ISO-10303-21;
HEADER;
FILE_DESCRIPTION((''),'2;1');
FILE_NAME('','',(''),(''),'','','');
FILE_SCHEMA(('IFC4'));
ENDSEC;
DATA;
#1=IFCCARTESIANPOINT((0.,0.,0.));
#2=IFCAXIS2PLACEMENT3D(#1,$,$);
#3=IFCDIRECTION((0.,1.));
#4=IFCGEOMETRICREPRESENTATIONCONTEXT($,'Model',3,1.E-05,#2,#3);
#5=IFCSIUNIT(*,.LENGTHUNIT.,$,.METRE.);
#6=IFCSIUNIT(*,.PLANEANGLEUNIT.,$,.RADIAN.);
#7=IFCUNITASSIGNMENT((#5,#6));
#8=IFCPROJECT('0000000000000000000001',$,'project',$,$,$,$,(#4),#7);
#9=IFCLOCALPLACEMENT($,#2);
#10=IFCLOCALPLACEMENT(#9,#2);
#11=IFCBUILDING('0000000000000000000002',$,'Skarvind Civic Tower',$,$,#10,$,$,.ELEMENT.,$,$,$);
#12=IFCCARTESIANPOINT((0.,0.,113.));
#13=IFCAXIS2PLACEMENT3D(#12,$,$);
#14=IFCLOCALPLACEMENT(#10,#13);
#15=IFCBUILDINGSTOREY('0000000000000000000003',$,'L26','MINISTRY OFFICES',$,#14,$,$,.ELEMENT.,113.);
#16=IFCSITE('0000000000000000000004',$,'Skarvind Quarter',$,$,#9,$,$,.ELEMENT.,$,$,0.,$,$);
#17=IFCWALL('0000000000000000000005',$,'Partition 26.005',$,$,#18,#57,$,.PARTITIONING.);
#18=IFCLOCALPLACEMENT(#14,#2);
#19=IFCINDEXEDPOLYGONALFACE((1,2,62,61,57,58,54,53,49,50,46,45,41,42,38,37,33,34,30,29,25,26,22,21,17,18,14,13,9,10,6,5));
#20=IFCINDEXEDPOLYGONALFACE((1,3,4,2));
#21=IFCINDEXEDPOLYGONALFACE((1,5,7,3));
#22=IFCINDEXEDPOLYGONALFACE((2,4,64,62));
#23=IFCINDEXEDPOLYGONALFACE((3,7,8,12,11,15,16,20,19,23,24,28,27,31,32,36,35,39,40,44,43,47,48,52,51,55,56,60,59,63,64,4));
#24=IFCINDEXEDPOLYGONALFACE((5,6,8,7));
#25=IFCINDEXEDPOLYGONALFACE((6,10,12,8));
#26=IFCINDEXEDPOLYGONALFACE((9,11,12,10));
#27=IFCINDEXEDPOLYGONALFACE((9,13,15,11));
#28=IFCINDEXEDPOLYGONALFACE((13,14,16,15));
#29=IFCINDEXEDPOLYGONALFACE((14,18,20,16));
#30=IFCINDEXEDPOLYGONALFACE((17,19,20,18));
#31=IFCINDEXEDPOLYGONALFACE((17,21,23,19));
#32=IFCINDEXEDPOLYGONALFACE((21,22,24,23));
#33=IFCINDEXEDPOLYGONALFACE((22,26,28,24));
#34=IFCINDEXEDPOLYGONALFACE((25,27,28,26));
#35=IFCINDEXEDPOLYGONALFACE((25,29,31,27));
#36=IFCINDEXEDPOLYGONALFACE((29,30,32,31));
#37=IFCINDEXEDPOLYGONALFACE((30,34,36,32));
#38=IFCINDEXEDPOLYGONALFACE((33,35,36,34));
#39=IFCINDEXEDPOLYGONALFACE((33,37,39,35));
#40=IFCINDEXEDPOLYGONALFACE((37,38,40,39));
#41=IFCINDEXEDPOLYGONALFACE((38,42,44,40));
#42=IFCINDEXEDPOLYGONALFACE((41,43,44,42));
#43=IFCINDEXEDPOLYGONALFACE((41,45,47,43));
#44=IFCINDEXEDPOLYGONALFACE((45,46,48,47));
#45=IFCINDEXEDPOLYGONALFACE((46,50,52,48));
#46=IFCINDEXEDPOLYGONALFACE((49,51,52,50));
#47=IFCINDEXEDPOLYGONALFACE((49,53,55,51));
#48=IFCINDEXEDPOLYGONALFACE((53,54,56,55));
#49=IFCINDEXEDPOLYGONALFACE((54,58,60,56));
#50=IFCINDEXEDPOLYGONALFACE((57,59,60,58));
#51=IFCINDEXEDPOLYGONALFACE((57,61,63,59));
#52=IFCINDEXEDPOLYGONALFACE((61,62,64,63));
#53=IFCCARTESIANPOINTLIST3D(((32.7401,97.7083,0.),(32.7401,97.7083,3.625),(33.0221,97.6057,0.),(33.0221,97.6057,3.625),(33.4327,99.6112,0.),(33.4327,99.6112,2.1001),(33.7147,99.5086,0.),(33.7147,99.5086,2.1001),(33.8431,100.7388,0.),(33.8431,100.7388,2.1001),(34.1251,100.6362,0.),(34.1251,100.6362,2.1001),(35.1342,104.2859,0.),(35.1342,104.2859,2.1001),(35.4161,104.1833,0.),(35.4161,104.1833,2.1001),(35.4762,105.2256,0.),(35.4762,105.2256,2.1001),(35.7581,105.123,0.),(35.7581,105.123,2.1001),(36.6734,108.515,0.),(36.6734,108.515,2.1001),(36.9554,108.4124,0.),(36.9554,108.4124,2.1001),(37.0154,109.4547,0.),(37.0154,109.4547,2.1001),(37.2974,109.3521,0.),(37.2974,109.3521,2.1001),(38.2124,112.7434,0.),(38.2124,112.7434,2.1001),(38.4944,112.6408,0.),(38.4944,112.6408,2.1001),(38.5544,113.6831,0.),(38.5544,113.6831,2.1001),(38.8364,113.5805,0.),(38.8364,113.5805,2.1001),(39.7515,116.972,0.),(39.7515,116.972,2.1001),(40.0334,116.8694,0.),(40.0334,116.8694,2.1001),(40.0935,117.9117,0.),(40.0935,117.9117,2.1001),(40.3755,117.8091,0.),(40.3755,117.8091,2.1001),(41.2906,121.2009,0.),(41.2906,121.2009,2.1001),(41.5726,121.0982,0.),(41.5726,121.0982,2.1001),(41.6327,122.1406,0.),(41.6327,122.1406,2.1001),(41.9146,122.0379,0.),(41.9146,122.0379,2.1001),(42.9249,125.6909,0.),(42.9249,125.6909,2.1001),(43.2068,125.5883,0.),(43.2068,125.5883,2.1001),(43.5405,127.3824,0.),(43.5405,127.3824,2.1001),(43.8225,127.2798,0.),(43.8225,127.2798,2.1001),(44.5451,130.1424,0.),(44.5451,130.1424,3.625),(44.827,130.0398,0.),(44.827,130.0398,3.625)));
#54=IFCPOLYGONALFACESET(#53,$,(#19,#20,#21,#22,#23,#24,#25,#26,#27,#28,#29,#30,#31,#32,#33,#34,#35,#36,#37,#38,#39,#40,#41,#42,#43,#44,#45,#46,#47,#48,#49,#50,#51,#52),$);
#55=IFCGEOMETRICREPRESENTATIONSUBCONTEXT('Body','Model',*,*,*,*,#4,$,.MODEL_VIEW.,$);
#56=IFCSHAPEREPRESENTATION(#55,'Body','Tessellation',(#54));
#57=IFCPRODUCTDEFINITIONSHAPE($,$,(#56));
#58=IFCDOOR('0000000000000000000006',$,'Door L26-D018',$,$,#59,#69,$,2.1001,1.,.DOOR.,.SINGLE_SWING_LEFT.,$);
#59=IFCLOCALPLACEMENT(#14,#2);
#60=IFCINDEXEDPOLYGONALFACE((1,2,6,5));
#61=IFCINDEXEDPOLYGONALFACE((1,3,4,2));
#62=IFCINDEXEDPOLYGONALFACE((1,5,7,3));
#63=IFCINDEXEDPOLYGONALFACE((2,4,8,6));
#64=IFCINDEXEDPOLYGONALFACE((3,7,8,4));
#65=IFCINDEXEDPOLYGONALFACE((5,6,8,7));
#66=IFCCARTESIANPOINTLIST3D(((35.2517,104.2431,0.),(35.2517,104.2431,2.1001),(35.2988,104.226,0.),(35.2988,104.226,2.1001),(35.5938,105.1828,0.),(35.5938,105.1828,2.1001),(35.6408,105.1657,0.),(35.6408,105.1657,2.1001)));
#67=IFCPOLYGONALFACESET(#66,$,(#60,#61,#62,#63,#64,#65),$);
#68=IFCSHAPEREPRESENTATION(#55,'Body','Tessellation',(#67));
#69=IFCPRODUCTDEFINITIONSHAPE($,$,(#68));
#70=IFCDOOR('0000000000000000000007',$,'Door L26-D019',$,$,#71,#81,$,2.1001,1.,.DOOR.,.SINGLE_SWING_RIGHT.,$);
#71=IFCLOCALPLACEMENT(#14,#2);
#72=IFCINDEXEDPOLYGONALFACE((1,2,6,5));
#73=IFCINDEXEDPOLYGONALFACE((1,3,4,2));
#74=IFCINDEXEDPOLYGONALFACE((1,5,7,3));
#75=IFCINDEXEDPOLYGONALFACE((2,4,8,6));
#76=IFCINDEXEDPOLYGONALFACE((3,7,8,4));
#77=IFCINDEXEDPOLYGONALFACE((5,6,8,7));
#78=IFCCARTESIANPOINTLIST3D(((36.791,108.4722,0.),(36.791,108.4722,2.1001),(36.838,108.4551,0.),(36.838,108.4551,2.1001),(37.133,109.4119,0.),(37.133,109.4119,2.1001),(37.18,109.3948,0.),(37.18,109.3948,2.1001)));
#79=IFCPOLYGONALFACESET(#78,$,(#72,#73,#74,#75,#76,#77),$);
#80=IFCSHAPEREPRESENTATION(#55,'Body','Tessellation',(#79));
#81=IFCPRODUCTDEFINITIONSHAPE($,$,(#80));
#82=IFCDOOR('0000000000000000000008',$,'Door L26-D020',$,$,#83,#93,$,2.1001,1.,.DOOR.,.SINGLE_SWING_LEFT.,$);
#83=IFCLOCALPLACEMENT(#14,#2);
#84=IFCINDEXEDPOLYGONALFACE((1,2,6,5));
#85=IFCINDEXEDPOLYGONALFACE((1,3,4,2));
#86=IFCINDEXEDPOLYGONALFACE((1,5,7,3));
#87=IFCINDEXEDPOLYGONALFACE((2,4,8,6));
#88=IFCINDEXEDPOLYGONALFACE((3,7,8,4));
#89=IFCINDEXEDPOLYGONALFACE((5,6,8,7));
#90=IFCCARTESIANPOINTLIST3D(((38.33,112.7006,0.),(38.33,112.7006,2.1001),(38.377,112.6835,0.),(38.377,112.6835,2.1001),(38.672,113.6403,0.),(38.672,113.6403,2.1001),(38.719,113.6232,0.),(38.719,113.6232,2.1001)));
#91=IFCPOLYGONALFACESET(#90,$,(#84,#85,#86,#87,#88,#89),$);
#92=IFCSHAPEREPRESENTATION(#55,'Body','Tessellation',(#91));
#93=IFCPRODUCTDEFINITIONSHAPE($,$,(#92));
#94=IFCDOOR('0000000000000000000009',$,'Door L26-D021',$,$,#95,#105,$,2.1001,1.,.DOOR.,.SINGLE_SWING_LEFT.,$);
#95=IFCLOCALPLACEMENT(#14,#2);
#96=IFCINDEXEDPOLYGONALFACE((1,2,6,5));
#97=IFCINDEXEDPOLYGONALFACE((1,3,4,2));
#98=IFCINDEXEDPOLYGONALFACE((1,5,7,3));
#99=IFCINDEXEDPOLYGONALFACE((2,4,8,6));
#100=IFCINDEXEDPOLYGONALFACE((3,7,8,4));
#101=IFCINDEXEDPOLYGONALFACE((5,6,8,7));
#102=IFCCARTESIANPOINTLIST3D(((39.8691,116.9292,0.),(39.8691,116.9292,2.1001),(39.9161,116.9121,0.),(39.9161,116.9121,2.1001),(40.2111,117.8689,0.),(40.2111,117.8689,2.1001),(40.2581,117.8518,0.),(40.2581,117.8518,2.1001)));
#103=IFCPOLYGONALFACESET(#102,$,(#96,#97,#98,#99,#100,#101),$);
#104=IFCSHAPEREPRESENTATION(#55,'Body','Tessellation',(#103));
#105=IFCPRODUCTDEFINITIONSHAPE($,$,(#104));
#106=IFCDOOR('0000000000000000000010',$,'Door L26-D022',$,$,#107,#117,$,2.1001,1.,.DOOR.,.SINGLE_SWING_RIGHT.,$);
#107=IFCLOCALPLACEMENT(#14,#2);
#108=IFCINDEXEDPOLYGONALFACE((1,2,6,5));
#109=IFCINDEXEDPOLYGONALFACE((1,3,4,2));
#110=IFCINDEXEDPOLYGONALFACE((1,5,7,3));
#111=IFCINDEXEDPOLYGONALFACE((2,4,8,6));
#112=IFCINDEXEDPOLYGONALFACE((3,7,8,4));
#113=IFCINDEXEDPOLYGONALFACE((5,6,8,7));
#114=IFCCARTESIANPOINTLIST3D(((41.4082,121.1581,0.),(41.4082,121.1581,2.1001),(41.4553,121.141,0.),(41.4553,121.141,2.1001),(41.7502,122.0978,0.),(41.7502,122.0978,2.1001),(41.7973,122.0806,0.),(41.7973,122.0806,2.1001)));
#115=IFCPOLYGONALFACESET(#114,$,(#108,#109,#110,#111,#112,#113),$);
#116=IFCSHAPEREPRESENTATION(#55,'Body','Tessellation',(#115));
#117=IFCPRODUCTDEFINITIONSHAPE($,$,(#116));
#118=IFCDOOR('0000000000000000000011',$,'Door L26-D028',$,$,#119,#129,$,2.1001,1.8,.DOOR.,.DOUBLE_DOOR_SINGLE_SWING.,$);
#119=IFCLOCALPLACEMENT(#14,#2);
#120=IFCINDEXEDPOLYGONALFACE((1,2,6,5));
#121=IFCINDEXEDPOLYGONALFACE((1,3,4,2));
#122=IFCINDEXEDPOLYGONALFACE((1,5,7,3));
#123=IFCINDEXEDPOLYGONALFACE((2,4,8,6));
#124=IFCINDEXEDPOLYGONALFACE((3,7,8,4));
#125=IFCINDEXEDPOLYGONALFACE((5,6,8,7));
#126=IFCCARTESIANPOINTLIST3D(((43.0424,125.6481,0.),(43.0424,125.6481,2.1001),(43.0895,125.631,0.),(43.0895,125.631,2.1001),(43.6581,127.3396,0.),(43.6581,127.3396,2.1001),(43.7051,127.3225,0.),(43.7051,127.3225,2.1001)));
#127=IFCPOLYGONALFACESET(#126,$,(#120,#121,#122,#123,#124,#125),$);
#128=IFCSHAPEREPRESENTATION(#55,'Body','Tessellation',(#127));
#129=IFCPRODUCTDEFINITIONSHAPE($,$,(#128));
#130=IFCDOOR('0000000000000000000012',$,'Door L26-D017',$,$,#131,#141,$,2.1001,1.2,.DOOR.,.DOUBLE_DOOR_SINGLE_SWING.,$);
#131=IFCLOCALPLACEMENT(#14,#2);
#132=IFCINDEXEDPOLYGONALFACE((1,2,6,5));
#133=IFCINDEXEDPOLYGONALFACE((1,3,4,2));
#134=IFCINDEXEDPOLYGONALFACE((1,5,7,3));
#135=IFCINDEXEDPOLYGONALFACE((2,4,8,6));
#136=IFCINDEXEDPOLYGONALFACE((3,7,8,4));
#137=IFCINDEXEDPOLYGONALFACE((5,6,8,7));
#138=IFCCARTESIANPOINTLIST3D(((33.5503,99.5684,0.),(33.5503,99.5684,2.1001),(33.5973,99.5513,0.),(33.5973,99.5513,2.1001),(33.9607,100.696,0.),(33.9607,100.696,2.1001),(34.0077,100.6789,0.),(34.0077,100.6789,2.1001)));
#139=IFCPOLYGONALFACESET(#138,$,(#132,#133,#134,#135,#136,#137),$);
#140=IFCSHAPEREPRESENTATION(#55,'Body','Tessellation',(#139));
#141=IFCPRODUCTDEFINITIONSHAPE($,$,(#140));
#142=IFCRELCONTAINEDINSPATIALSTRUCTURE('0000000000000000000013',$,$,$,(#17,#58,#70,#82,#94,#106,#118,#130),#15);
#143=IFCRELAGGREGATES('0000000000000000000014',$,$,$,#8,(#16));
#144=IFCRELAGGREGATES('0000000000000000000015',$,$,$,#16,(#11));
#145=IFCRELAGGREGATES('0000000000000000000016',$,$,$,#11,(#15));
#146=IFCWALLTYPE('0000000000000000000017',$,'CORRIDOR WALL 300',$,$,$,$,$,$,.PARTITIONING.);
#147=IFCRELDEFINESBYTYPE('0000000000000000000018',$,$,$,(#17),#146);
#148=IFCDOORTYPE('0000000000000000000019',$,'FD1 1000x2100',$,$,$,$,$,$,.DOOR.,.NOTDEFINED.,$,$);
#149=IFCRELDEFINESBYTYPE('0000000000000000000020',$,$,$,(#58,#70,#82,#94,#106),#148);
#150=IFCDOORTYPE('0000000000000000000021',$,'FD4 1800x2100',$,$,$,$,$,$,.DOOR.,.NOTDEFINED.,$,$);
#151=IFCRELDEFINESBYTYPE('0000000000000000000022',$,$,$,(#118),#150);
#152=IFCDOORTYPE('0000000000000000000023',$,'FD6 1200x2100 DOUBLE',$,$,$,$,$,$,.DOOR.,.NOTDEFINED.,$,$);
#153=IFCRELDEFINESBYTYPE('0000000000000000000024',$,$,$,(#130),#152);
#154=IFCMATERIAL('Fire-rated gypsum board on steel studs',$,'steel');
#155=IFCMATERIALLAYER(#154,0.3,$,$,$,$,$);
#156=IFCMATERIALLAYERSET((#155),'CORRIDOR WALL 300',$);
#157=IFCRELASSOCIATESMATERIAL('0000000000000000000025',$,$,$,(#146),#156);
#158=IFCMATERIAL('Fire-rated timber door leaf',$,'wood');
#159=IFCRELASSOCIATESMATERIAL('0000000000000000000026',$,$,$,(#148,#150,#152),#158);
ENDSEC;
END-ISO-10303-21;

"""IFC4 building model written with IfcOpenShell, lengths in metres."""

from ifc_helpers import new_model, si_unit, direction, frame, frame_2d, origin, place, context, subcontext, project, spatial, rectangle, extrude, material, layer, layer_set, type_object, element, fill, save


model = new_model("IFC4")

# Units and contexts
model_context = context("Model", 3, precision=1e-05, world=origin(), true_north=direction((0.0, 1.0)))
body_context = subcontext(model_context, "Body", "Model", "MODEL_VIEW")
ifc_project = project(units=[si_unit("LENGTHUNIT", "METRE"), si_unit("PLANEANGLEUNIT", "RADIAN")], contexts=[model_context])

# Site, building, storey
site_placement = place(None, origin())
site = spatial("IfcSite", under=ifc_project, at=site_placement, Name="Skarvind Quarter", CompositionType="ELEMENT", RefElevation=0.0)
building_placement = place(site_placement, origin())
building = spatial("IfcBuilding", under=site, at=building_placement, Name="Skarvind Civic Tower", CompositionType="ELEMENT")
storey_placement = place(building_placement, frame((0.0, 0.0, 113.0)))
storey = spatial("IfcBuildingStorey", under=building, at=storey_placement, Name="L26", Description="MINISTRY OFFICES", CompositionType="ELEMENT", Elevation=113.0)

# Wall, openings, doors
ifc_material_1 = material(Name="Fire-rated gypsum board on steel studs", Category="steel")
ifc_layer_1 = layer(ifc_material_1, 0.3)
ifc_layer_set_1 = layer_set([ifc_layer_1], Name="CORRIDOR WALL 300")
wall_type_1 = type_object("IfcWallType", Name="CORRIDOR WALL 300", PredefinedType="PARTITIONING", material=ifc_layer_set_1)
wall_1_placement = place(storey_placement, frame((32.8811, 97.657, 0.0), z_axis=(0.0, 0.0, 1.0), x_axis=(0.342017, 0.939694, 0.0)))
wall_1 = element("IfcWall", 1, at=wall_1_placement, inside=storey, type_object=wall_type_1, Name="Partition 26.005", PredefinedType="PARTITIONING", context=body_context, shape_type="SweptSolid", body=[
    extrude(rectangle(XDim=34.5156, YDim=0.3, at=frame_2d((17.2578, 0.0))), origin(), (0.0, 0.0, 1.0), 3.625),
])
opening_1_placement = place(wall_1_placement, frame((2.0249, 0.0, 0.0)))
opening_1 = element("IfcOpeningElement", 2, at=opening_1_placement, cuts=wall_1, PredefinedType="OPENING", context=body_context, shape_type="SweptSolid", body=[
    extrude(rectangle(XDim=1.2, YDim=2.1001, at=frame_2d((0.6001, 1.05))), frame((0.0, 0.1599, 0.0), z_axis=(0.0, -1.0, 0.0), x_axis=(1.0, 0.0, 0.0)), (0.0, 0.0, 1.0), 0.3201),
])
opening_2_placement = place(wall_1_placement, frame((6.9998, 0.0, 0.0)))
opening_2 = element("IfcOpeningElement", 3, at=opening_2_placement, cuts=wall_1, PredefinedType="OPENING", context=body_context, shape_type="SweptSolid", body=[
    extrude(rectangle(XDim=1.0, YDim=2.1001, at=frame_2d((0.5, 1.05))), frame((0.0, 0.1599, 0.0), z_axis=(0.0, -1.0, 0.0), x_axis=(1.0, 0.0, 0.0)), (0.0, 0.0, 1.0), 0.3201),
])
opening_3_placement = place(wall_1_placement, frame((11.5002, 0.0, 0.0)))
opening_3 = element("IfcOpeningElement", 4, at=opening_3_placement, cuts=wall_1, PredefinedType="OPENING", context=body_context, shape_type="SweptSolid", body=[
    extrude(rectangle(XDim=1.0, YDim=2.1001, at=frame_2d((0.5, 1.05))), frame((0.0, 0.1599, 0.0), z_axis=(0.0, -1.0, 0.0), x_axis=(1.0, 0.0, 0.0)), (0.0, 0.0, 1.0), 0.3201),
])
opening_4_placement = place(wall_1_placement, frame((16.0, 0.0, 0.0)))
opening_4 = element("IfcOpeningElement", 5, at=opening_4_placement, cuts=wall_1, PredefinedType="OPENING", context=body_context, shape_type="SweptSolid", body=[
    extrude(rectangle(XDim=1.0, YDim=2.1001, at=frame_2d((0.5, 1.05))), frame((0.0, 0.1599, 0.0), z_axis=(0.0, -1.0, 0.0), x_axis=(1.0, 0.0, 0.0)), (0.0, 0.0, 1.0), 0.3201),
])
opening_5_placement = place(wall_1_placement, frame((20.5, 0.0, 0.0)))
opening_5 = element("IfcOpeningElement", 6, at=opening_5_placement, cuts=wall_1, PredefinedType="OPENING", context=body_context, shape_type="SweptSolid", body=[
    extrude(rectangle(XDim=1.0, YDim=2.1001, at=frame_2d((0.5, 1.05))), frame((0.0, 0.1599, 0.0), z_axis=(0.0, -1.0, 0.0), x_axis=(1.0, 0.0, 0.0)), (0.0, 0.0, 1.0), 0.3201),
])
opening_6_placement = place(wall_1_placement, frame((25.0002, 0.0, 0.0)))
opening_6 = element("IfcOpeningElement", 7, at=opening_6_placement, cuts=wall_1, PredefinedType="OPENING", context=body_context, shape_type="SweptSolid", body=[
    extrude(rectangle(XDim=1.0, YDim=2.1001, at=frame_2d((0.5, 1.05))), frame((0.0, 0.1599, 0.0), z_axis=(0.0, -1.0, 0.0), x_axis=(1.0, 0.0, 0.0)), (0.0, 0.0, 1.0), 0.3201),
])
opening_7_placement = place(wall_1_placement, frame((29.7786, 0.0, 0.0)))
opening_7 = element("IfcOpeningElement", 8, at=opening_7_placement, cuts=wall_1, PredefinedType="OPENING", context=body_context, shape_type="SweptSolid", body=[
    extrude(rectangle(XDim=1.8, YDim=2.1001, at=frame_2d((0.8999, 1.05))), frame((0.0, 0.1599, 0.0), z_axis=(0.0, -1.0, 0.0), x_axis=(1.0, 0.0, 0.0)), (0.0, 0.0, 1.0), 0.3201),
])
ifc_material_2 = material(Name="Fire-rated timber door leaf", Category="wood")
door_type_1 = type_object("IfcDoorType", Name="FD1 1000x2100", OperationType="NOTDEFINED", PredefinedType="DOOR", material=ifc_material_2)
door_1_placement = place(opening_2_placement, origin())
door_1 = element("IfcDoor", 9, at=door_1_placement, inside=storey, type_object=door_type_1, Name="Door L26-D018", OperationType="SINGLE_SWING_LEFT", OverallHeight=2.1001, OverallWidth=1.0, PredefinedType="DOOR", context=body_context, shape_type="SweptSolid", body=[
    extrude(rectangle(XDim=1.0, YDim=2.1001, at=frame_2d((0.5, 1.05))), frame((0.0, 0.0249, 0.0), z_axis=(0.0, -1.0, 0.0), x_axis=(1.0, 0.0, 0.0)), (0.0, 0.0, 1.0), 0.05),
])
fill(opening_2, door_1)
door_2_placement = place(opening_3_placement, origin())
door_2 = element("IfcDoor", 10, at=door_2_placement, inside=storey, type_object=door_type_1, Name="Door L26-D019", OperationType="SINGLE_SWING_RIGHT", OverallHeight=2.1001, OverallWidth=1.0, PredefinedType="DOOR", context=body_context, shape_type="SweptSolid", body=[
    extrude(rectangle(XDim=1.0, YDim=2.1001, at=frame_2d((0.5, 1.05))), frame((0.0, 0.0249, 0.0), z_axis=(0.0, -1.0, 0.0), x_axis=(1.0, 0.0, 0.0)), (0.0, 0.0, 1.0), 0.05),
])
fill(opening_3, door_2)
door_3_placement = place(opening_4_placement, origin())
door_3 = element("IfcDoor", 11, at=door_3_placement, inside=storey, type_object=door_type_1, Name="Door L26-D020", OperationType="SINGLE_SWING_LEFT", OverallHeight=2.1001, OverallWidth=1.0, PredefinedType="DOOR", context=body_context, shape_type="SweptSolid", body=[
    extrude(rectangle(XDim=1.0, YDim=2.1001, at=frame_2d((0.5, 1.05))), frame((0.0, 0.0249, 0.0), z_axis=(0.0, -1.0, 0.0), x_axis=(1.0, 0.0, 0.0)), (0.0, 0.0, 1.0), 0.05),
])
fill(opening_4, door_3)
door_4_placement = place(opening_5_placement, origin())
door_4 = element("IfcDoor", 12, at=door_4_placement, inside=storey, type_object=door_type_1, Name="Door L26-D021", OperationType="SINGLE_SWING_LEFT", OverallHeight=2.1001, OverallWidth=1.0, PredefinedType="DOOR", context=body_context, shape_type="SweptSolid", body=[
    extrude(rectangle(XDim=1.0, YDim=2.1001, at=frame_2d((0.5, 1.05))), frame((0.0, 0.0249, 0.0), z_axis=(0.0, -1.0, 0.0), x_axis=(1.0, 0.0, 0.0)), (0.0, 0.0, 1.0), 0.05),
])
fill(opening_5, door_4)
door_5_placement = place(opening_6_placement, origin())
door_5 = element("IfcDoor", 13, at=door_5_placement, inside=storey, type_object=door_type_1, Name="Door L26-D022", OperationType="SINGLE_SWING_RIGHT", OverallHeight=2.1001, OverallWidth=1.0, PredefinedType="DOOR", context=body_context, shape_type="SweptSolid", body=[
    extrude(rectangle(XDim=1.0, YDim=2.1001, at=frame_2d((0.5, 1.05))), frame((0.0, 0.0249, 0.0), z_axis=(0.0, -1.0, 0.0), x_axis=(1.0, 0.0, 0.0)), (0.0, 0.0, 1.0), 0.05),
])
fill(opening_6, door_5)
door_type_2 = type_object("IfcDoorType", Name="FD4 1800x2100", OperationType="NOTDEFINED", PredefinedType="DOOR", material=ifc_material_2)
door_6_placement = place(opening_7_placement, origin())
door_6 = element("IfcDoor", 14, at=door_6_placement, inside=storey, type_object=door_type_2, Name="Door L26-D028", OperationType="DOUBLE_DOOR_SINGLE_SWING", OverallHeight=2.1001, OverallWidth=1.8, PredefinedType="DOOR", context=body_context, shape_type="SweptSolid", body=[
    extrude(rectangle(XDim=1.8, YDim=2.1001, at=frame_2d((0.8999, 1.05))), frame((0.0, 0.0249, 0.0), z_axis=(0.0, -1.0, 0.0), x_axis=(1.0, 0.0, 0.0)), (0.0, 0.0, 1.0), 0.05),
])
fill(opening_7, door_6)
door_type_3 = type_object("IfcDoorType", Name="FD6 1200x2100 DOUBLE", OperationType="NOTDEFINED", PredefinedType="DOOR", material=ifc_material_2)
door_7_placement = place(opening_1_placement, origin())
door_7 = element("IfcDoor", 15, at=door_7_placement, inside=storey, type_object=door_type_3, Name="Door L26-D017", OperationType="DOUBLE_DOOR_SINGLE_SWING", OverallHeight=2.1001, OverallWidth=1.2, PredefinedType="DOOR", context=body_context, shape_type="SweptSolid", body=[
    extrude(rectangle(XDim=1.2, YDim=2.1001, at=frame_2d((0.6001, 1.05))), frame((0.0, 0.0249, 0.0), z_axis=(0.0, -1.0, 0.0), x_axis=(1.0, 0.0, 0.0)), (0.0, 0.0, 1.0), 0.05),
])
fill(opening_1, door_7)

save(model, "model.ifc")
